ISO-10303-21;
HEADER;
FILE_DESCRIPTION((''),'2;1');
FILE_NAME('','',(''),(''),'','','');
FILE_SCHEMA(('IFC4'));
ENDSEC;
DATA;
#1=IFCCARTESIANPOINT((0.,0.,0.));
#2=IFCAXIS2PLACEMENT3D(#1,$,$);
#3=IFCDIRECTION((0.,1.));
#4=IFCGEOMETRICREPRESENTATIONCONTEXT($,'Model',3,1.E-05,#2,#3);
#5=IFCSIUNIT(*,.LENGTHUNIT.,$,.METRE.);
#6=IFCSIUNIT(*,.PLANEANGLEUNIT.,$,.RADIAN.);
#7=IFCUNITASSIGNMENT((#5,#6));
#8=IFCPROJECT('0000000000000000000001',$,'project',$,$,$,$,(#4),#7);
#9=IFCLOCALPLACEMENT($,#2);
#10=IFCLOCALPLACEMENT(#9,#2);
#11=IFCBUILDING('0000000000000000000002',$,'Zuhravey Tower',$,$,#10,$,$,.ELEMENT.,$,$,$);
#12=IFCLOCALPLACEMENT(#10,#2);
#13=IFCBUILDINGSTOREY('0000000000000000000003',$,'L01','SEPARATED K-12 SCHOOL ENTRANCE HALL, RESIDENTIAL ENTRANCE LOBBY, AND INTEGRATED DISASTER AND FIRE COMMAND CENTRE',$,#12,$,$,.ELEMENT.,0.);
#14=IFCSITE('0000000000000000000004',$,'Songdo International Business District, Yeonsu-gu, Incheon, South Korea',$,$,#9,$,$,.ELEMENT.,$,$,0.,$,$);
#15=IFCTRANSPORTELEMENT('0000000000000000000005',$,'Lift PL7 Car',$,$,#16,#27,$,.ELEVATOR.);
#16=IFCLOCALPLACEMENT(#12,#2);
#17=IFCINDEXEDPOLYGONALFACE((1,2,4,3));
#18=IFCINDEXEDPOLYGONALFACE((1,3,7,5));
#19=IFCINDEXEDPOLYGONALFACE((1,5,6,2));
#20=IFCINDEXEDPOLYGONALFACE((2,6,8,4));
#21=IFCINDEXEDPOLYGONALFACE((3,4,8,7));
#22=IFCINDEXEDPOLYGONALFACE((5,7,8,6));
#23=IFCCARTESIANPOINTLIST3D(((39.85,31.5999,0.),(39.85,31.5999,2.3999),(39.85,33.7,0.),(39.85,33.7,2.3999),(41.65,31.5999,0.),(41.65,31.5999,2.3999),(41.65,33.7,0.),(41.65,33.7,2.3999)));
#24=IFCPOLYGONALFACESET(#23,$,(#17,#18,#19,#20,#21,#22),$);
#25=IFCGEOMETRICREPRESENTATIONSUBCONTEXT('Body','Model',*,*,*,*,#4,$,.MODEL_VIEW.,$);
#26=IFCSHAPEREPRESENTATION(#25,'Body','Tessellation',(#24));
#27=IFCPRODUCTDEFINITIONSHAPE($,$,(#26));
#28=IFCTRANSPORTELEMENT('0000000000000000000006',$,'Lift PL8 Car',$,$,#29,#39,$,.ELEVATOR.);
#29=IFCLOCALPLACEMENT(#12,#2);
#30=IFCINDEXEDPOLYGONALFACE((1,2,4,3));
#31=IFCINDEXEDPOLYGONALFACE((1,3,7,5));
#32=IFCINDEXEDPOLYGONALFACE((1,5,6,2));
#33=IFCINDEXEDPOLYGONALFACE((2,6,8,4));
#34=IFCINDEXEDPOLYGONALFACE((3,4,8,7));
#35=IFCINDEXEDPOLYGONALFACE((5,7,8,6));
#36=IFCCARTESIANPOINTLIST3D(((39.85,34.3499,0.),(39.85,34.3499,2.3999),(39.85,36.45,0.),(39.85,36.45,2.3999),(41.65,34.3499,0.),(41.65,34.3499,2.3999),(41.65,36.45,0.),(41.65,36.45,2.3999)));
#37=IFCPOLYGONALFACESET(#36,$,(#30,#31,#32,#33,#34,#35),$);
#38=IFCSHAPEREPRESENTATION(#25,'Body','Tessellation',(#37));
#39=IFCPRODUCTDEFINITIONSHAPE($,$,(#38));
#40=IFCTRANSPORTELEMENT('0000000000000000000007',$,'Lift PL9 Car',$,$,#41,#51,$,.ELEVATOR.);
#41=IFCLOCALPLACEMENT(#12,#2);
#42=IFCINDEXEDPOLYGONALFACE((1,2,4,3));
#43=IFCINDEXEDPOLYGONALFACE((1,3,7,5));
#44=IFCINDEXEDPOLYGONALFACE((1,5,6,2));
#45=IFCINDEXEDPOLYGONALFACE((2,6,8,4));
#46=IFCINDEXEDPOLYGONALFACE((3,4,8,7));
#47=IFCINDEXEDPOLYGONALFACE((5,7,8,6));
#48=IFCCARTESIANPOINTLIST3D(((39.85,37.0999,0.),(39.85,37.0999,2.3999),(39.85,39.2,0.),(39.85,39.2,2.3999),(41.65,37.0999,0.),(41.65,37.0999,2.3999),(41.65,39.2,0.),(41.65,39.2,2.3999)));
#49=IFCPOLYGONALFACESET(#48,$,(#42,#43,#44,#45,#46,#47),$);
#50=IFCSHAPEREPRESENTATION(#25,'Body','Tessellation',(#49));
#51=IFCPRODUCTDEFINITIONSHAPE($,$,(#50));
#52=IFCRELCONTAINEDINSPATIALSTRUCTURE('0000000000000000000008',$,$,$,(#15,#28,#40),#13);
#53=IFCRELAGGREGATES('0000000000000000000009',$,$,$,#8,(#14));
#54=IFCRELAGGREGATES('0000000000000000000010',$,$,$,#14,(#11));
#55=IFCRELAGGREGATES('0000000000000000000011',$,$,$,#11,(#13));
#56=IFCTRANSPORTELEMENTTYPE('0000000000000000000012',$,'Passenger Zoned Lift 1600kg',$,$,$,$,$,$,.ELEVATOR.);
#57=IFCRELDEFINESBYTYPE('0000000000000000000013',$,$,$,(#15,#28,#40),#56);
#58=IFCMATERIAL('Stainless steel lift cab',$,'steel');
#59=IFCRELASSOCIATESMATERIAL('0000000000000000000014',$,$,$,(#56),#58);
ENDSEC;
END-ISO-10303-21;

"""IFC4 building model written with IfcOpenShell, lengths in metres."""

from ifc_helpers import new_model, si_unit, direction, frame, origin, origin_2d, place, context, subcontext, project, spatial, rectangle, extrude, material, type_object, element, save


model = new_model("IFC4")

# Units and contexts
model_context = context("Model", 3, precision=1e-05, world=origin(), true_north=direction((0.0, 1.0)))
body_context = subcontext(model_context, "Body", "Model", "MODEL_VIEW")
ifc_project = project(units=[si_unit("LENGTHUNIT", "METRE"), si_unit("PLANEANGLEUNIT", "RADIAN")], contexts=[model_context])

# Site, building, storey
site_placement = place(None, origin())
site = spatial("IfcSite", under=ifc_project, at=site_placement, Name="Songdo International Business District, Yeonsu-gu, Incheon, South Korea", CompositionType="ELEMENT", RefElevation=0.0)
building_placement = place(site_placement, origin())
building = spatial("IfcBuilding", under=site, at=building_placement, Name="Zuhravey Tower", CompositionType="ELEMENT")
storey_placement = place(building_placement, origin())
storey = spatial("IfcBuildingStorey", under=building, at=storey_placement, Name="L01", Description="SEPARATED K-12 SCHOOL ENTRANCE HALL, RESIDENTIAL ENTRANCE LOBBY, AND INTEGRATED DISASTER AND FIRE COMMAND CENTRE", CompositionType="ELEMENT", Elevation=0.0)

# Transport elements
ifc_material_1 = material(Name="Stainless steel lift cab", Category="steel")
transport_element_type = type_object("IfcTransportElementType", Name="Passenger Zoned Lift 1600kg", PredefinedType="ELEVATOR", material=ifc_material_1)
for number, where, z_axis, x_axis, name in (
    (1, (40.75, 32.6499, 0.0), (0.0, 0.0, 1.0), (1.0, 0.0, 0.0), "Lift PL7 Car"),
    (2, (40.75, 35.3999, 0.0), (0.0, 0.0, 1.0), (1.0, 0.0, 0.0), "Lift PL8 Car"),
    (3, (40.75, 38.1499, 0.0), (0.0, 0.0, 1.0), (1.0, 0.0, 0.0), "Lift PL9 Car"),
):
    element("IfcTransportElement", number, at=place(storey_placement, frame(where, z_axis=z_axis, x_axis=x_axis)), inside=storey, type_object=transport_element_type, Name=name, PredefinedType="ELEVATOR", context=body_context, shape_type="SweptSolid", body=[
        extrude(rectangle(XDim=1.8, YDim=2.1001, at=origin_2d()), origin(), (0.0, 0.0, 1.0), 2.3999),
    ])

save(model, "model.ifc")
